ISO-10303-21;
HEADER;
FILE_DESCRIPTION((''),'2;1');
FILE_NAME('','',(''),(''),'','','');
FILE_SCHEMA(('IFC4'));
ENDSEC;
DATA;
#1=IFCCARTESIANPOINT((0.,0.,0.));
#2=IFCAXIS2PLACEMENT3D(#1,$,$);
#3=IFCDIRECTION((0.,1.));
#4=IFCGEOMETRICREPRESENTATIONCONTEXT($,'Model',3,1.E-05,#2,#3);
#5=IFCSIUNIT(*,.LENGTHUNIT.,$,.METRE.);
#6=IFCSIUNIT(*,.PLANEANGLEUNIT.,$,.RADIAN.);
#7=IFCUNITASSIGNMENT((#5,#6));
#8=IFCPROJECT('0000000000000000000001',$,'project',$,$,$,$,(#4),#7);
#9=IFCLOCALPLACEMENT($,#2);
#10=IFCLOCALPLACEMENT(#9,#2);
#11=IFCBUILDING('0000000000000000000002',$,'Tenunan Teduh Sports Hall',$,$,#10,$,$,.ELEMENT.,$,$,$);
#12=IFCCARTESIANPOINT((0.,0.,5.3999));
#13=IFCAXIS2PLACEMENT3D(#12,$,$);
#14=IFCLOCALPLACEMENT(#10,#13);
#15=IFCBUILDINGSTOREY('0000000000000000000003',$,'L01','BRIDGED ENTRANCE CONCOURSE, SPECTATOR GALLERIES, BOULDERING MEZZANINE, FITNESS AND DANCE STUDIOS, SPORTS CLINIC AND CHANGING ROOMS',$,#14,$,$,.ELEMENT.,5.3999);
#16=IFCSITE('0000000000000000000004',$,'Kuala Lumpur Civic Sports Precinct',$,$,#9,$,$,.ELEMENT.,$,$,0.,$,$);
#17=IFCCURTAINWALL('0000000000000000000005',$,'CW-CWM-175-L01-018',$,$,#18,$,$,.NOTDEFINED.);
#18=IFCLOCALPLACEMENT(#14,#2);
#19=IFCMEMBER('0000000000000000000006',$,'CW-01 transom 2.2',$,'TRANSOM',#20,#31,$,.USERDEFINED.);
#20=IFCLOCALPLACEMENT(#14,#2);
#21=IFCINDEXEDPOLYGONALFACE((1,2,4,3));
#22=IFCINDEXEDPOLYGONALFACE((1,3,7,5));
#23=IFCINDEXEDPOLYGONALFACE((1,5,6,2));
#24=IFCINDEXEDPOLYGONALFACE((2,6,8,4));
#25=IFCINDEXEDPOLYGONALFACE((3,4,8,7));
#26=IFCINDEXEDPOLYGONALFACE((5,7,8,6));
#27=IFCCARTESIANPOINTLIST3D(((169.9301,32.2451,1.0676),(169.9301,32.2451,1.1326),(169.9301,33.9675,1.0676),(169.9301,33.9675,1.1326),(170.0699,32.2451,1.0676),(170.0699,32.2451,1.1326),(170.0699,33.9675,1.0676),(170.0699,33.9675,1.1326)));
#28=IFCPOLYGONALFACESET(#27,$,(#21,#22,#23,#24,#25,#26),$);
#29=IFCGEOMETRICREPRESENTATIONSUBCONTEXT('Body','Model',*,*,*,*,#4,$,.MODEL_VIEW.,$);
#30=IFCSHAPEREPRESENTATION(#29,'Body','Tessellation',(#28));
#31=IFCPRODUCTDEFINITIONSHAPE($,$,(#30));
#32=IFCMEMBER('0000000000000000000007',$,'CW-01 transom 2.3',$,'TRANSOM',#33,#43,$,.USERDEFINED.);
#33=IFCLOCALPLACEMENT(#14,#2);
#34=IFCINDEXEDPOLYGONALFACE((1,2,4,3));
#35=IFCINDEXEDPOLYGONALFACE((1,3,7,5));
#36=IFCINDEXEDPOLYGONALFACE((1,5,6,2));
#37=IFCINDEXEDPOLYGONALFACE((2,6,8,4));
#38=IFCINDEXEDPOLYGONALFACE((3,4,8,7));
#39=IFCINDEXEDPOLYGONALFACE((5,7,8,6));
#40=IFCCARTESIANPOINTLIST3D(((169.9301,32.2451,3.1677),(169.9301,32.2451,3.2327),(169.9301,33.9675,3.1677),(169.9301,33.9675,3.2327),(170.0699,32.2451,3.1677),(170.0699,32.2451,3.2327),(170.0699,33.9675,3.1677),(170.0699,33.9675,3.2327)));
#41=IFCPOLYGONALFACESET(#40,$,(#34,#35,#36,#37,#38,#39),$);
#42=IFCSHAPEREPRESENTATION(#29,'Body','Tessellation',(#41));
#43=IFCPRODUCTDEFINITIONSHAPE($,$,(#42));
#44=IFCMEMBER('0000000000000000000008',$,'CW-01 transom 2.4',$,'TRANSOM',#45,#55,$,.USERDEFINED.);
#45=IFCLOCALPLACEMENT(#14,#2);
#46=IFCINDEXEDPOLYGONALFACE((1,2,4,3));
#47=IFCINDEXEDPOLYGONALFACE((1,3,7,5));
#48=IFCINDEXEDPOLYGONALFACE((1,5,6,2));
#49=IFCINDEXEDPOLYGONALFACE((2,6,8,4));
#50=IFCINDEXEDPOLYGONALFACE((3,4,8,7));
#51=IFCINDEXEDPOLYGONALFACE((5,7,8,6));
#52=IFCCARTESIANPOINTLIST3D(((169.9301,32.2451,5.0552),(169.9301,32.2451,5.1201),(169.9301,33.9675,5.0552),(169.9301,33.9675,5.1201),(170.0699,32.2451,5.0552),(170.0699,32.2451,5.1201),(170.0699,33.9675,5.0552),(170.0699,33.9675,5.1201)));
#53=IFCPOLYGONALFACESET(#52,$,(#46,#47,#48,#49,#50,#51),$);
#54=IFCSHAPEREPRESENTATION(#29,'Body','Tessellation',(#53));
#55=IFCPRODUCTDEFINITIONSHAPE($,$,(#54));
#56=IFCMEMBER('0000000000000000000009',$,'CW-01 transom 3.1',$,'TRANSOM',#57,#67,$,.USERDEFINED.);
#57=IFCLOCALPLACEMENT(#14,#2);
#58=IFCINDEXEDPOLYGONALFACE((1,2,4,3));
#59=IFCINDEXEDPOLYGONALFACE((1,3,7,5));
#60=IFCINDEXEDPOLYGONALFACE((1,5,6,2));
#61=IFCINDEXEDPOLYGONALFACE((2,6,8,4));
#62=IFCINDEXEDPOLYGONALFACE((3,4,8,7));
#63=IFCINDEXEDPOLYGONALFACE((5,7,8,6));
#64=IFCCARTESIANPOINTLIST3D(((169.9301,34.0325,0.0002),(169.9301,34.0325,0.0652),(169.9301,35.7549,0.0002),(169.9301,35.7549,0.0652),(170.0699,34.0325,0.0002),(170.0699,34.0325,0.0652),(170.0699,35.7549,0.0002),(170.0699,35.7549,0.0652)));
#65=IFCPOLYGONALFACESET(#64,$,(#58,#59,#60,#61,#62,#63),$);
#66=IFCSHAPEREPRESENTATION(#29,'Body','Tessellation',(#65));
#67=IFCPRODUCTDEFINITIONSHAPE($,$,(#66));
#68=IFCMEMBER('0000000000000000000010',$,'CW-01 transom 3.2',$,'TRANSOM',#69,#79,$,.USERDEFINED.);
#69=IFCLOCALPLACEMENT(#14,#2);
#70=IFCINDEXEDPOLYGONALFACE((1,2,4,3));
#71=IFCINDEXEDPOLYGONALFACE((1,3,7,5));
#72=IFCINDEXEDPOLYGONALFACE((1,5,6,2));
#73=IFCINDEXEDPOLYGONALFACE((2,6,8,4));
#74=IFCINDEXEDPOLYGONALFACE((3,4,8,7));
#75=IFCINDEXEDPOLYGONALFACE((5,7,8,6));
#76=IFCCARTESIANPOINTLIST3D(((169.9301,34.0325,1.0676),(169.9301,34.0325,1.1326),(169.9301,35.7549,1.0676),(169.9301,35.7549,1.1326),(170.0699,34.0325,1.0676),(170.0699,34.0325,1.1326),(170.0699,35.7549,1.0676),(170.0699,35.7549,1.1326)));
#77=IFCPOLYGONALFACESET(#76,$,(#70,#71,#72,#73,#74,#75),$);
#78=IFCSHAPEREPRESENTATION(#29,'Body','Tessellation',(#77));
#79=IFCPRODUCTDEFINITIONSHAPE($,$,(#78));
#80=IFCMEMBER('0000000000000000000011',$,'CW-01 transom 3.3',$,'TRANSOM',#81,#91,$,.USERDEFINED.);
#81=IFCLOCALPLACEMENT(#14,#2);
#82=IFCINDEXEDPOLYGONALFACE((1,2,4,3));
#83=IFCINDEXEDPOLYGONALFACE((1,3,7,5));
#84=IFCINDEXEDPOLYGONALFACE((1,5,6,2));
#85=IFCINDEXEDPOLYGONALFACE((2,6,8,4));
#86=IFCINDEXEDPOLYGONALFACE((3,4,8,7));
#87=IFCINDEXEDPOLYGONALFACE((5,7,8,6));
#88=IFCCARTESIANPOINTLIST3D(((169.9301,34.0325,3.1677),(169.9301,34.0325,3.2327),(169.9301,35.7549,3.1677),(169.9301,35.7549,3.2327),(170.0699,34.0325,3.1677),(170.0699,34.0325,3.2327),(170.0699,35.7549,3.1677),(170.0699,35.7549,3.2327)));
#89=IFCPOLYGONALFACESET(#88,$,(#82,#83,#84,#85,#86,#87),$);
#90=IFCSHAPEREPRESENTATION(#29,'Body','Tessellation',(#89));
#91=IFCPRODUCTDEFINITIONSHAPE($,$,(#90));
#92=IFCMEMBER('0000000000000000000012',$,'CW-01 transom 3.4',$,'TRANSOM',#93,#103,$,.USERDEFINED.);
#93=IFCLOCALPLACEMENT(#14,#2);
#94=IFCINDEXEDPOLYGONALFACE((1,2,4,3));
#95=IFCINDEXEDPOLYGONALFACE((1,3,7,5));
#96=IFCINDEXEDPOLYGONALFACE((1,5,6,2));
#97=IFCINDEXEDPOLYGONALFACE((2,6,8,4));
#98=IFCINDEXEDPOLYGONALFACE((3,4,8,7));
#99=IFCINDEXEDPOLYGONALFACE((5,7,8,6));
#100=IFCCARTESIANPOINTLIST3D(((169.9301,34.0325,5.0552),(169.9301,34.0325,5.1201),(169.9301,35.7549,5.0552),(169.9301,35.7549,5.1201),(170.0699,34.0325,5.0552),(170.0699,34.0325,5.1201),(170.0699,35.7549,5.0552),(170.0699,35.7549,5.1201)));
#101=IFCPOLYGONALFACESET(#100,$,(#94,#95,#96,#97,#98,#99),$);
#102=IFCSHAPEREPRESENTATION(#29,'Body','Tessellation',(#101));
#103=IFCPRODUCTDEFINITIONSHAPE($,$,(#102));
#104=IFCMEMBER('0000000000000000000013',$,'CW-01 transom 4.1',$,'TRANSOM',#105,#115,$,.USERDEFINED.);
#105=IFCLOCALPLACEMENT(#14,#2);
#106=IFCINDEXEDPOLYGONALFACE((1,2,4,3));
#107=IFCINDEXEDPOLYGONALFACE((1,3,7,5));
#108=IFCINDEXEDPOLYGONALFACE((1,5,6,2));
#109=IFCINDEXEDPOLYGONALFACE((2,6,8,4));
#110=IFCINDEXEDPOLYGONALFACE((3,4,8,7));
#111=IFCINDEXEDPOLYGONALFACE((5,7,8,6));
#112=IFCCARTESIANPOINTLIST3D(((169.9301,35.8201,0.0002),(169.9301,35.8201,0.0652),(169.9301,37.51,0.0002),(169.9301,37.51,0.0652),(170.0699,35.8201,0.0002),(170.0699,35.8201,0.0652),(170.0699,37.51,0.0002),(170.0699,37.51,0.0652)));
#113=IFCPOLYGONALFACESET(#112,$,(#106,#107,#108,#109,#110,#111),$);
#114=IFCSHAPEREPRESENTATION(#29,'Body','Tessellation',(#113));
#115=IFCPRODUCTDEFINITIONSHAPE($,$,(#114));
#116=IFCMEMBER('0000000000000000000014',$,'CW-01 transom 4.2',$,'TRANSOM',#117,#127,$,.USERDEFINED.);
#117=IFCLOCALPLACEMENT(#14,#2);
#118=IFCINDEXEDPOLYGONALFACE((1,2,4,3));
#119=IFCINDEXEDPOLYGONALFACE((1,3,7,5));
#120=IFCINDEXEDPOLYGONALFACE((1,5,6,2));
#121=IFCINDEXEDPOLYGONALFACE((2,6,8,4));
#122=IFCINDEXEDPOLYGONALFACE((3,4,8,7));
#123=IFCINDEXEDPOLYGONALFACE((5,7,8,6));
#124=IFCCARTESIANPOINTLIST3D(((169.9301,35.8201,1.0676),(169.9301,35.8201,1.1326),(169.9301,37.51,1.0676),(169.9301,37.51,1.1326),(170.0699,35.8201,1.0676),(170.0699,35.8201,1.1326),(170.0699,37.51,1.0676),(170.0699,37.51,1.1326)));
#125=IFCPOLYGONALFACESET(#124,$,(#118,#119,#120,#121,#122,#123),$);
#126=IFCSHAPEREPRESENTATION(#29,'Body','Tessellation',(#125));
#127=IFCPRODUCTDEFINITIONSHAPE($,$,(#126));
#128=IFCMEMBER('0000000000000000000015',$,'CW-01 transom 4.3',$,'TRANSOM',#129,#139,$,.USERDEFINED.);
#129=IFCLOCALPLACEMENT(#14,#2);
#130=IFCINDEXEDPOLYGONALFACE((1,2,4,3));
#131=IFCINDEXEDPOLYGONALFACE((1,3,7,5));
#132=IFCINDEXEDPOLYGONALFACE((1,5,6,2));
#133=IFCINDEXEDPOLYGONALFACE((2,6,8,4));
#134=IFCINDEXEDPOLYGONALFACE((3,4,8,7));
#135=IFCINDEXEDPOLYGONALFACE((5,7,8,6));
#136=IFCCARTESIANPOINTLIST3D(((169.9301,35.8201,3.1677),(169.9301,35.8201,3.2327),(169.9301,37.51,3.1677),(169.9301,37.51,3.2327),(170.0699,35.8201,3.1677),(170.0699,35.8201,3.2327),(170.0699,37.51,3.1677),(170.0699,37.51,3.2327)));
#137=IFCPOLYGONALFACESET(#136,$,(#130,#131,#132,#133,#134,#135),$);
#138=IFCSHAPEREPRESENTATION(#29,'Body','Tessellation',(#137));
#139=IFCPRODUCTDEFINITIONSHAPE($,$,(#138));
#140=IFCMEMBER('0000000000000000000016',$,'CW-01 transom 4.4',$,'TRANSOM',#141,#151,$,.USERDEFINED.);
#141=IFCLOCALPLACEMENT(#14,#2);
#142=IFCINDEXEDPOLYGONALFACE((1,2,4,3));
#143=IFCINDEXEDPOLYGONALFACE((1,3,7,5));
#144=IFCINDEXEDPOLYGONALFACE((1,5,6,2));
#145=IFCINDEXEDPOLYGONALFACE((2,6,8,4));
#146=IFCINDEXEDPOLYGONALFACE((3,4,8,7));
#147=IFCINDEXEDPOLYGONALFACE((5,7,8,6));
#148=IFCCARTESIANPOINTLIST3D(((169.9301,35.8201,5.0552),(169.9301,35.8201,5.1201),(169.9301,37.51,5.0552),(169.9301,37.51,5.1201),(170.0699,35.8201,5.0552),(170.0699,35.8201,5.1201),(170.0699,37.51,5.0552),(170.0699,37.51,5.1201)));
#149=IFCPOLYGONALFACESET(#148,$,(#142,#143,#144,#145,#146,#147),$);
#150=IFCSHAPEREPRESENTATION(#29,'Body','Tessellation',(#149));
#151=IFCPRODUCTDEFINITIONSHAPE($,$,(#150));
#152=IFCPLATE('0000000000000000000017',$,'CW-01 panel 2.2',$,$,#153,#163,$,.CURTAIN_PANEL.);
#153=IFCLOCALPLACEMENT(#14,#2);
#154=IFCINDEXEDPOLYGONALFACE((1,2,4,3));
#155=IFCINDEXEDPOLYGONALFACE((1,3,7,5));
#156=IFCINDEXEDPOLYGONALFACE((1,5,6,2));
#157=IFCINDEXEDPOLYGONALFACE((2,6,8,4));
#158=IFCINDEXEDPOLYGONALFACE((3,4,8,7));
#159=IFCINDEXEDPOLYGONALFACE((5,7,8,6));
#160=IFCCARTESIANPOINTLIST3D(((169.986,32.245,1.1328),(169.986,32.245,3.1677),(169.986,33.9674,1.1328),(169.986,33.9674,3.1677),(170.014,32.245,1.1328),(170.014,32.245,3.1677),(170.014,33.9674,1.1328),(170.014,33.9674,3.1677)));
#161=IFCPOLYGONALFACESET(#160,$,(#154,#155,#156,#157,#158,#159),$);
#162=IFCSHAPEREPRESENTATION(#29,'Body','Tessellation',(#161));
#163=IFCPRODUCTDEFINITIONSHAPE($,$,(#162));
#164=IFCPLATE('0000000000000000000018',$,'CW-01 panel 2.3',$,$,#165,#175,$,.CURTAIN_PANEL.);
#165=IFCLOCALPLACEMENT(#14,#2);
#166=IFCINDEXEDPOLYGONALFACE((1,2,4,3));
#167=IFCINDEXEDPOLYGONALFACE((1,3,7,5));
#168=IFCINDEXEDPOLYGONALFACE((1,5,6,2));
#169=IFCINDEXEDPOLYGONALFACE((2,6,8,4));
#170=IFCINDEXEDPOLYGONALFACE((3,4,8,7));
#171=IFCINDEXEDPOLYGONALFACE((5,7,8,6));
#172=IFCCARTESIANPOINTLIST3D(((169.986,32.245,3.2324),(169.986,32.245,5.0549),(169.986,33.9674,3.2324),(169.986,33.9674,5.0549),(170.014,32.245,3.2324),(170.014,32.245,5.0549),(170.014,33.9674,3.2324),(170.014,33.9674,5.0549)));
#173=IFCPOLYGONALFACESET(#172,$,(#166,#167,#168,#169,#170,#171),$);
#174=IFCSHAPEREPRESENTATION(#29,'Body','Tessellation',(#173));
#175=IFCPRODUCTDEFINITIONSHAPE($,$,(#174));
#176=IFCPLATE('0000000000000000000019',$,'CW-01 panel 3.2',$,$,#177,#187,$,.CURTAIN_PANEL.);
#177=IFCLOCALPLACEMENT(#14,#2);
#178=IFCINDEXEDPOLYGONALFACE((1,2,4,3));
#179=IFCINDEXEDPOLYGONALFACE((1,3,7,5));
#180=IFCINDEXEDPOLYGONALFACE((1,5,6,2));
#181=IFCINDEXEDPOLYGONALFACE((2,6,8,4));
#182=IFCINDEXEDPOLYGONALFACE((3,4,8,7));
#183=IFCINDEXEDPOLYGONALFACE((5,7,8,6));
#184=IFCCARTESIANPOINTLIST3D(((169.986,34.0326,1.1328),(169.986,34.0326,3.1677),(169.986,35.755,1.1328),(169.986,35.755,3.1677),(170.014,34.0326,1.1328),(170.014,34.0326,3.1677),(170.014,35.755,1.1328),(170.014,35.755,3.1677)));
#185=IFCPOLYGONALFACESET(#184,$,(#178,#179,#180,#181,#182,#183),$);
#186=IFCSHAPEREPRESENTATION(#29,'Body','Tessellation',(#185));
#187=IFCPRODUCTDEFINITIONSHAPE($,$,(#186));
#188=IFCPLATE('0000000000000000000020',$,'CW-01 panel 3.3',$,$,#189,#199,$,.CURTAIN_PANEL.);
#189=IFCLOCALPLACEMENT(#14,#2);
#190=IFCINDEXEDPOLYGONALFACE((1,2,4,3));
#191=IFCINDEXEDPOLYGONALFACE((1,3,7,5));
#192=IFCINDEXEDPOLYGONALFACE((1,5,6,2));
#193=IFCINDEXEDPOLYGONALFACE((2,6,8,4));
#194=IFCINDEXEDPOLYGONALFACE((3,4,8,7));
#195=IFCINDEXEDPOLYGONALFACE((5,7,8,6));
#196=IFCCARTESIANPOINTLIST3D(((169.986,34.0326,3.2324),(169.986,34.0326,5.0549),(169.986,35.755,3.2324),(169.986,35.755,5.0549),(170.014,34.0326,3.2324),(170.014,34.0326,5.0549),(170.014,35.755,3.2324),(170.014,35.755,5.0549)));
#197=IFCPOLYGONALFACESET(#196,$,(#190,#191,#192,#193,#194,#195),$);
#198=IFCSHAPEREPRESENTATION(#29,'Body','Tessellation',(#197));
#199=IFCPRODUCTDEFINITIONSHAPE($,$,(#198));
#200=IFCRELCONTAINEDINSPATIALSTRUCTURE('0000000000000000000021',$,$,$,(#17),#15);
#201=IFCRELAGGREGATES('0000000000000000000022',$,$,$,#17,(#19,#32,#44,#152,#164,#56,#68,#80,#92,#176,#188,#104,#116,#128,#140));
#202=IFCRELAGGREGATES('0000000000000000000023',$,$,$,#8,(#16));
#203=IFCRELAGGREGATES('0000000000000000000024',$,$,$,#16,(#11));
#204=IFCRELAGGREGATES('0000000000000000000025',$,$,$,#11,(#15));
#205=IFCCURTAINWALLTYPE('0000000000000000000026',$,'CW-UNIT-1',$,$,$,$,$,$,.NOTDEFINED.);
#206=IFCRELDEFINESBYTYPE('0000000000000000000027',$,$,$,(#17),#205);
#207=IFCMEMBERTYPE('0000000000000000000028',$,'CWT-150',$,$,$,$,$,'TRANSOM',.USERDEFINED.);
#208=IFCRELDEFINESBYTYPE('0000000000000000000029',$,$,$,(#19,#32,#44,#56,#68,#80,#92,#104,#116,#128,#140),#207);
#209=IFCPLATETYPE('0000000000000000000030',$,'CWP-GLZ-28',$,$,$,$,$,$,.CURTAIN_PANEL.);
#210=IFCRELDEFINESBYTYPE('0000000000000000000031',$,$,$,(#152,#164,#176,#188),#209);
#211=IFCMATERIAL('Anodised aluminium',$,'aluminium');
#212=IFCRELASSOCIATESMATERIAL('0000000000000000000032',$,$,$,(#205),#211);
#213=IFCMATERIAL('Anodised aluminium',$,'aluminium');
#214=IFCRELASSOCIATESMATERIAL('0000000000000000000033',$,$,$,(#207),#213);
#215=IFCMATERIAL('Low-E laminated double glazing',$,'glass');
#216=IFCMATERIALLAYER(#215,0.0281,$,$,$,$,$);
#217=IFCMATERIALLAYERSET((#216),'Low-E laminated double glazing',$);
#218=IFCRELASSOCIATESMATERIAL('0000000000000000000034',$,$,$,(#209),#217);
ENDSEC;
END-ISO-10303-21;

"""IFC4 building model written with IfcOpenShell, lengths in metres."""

from ifc_helpers import new_model, si_unit, direction, frame, origin, origin_2d, place, context, subcontext, project, spatial, rectangle, extrude, material, layer, layer_set, material_profile, profile_set, type_object, element, aggregate, save


model = new_model("IFC4")

# Units and contexts
model_context = context("Model", 3, precision=1e-05, world=origin(), true_north=direction((0.0, 1.0)))
body_context = subcontext(model_context, "Body", "Model", "MODEL_VIEW")
ifc_project = project(units=[si_unit("LENGTHUNIT", "METRE"), si_unit("PLANEANGLEUNIT", "RADIAN")], contexts=[model_context])

# Site, building, storey
site_placement = place(None, origin())
site = spatial("IfcSite", under=ifc_project, at=site_placement, Name="Kuala Lumpur Civic Sports Precinct", CompositionType="ELEMENT", RefElevation=0.0)
building_placement = place(site_placement, origin())
building = spatial("IfcBuilding", under=site, at=building_placement, Name="Tenunan Teduh Sports Hall", CompositionType="ELEMENT")
storey_placement = place(building_placement, frame((0.0, 0.0, 5.3999)))
storey = spatial("IfcBuildingStorey", under=building, at=storey_placement, Name="L01", Description="BRIDGED ENTRANCE CONCOURSE, SPECTATOR GALLERIES, BOULDERING MEZZANINE, FITNESS AND DANCE STUDIOS, SPORTS CLINIC AND CHANGING ROOMS", CompositionType="ELEMENT", Elevation=5.3999)

# Curtain wall
ifc_material_1 = material(Name="Anodised aluminium", Category="aluminium")
curtain_wall_type = type_object("IfcCurtainWallType", Name="CW-UNIT-1", PredefinedType="NOTDEFINED", material=ifc_material_1)
curtain_wall_1_placement = place(storey_placement, origin())
curtain_wall_1 = element("IfcCurtainWall", 1, at=curtain_wall_1_placement, inside=storey, type_object=curtain_wall_type, Name="CW-CWM-175-L01-018", PredefinedType="NOTDEFINED")

# Members
ifc_material_2 = material(Name="Anodised aluminium", Category="aluminium")
ifc_material_profile_1 = material_profile(ifc_material_2, rectangle(XDim=0.0649, YDim=0.1399, at=origin_2d()), Name="CWT 65x140")
ifc_profile_set_1 = profile_set([ifc_material_profile_1], Name="Anodised aluminium")
member_type_1 = type_object("IfcMemberType", Name="CWT-150", ElementType="TRANSOM", PredefinedType="USERDEFINED", material=ifc_profile_set_1)
member_1_placement = place(storey_placement, frame((170.0, 32.2451, 1.1001), z_axis=(0.0, 1.0, 0.0), x_axis=(0.0, 0.0, 1.0)))
member_1 = element("IfcMember", 2, at=member_1_placement, type_object=member_type_1, Name="CW-01 transom 2.2", ObjectType="TRANSOM", PredefinedType="USERDEFINED", context=body_context, shape_type="SweptSolid", body=[
    extrude(rectangle(XDim=0.0649, YDim=0.1399, at=origin_2d()), origin(), (0.0, 0.0, 1.0), 1.7224),
])
member_2_placement = place(storey_placement, frame((170.0, 32.2451, 3.2002), z_axis=(0.0, 1.0, 0.0), x_axis=(0.0, 0.0, 1.0)))
member_2 = element("IfcMember", 3, at=member_2_placement, type_object=member_type_1, Name="CW-01 transom 2.3", ObjectType="TRANSOM", PredefinedType="USERDEFINED", context=body_context, shape_type="SweptSolid", body=[
    extrude(rectangle(XDim=0.0649, YDim=0.1399, at=origin_2d()), origin(), (0.0, 0.0, 1.0), 1.7224),
])
member_3_placement = place(storey_placement, frame((170.0, 32.2451, 5.0876), z_axis=(0.0, 1.0, 0.0), x_axis=(0.0, 0.0, 1.0)))
member_3 = element("IfcMember", 4, at=member_3_placement, type_object=member_type_1, Name="CW-01 transom 2.4", ObjectType="TRANSOM", PredefinedType="USERDEFINED", context=body_context, shape_type="SweptSolid", body=[
    extrude(rectangle(XDim=0.0649, YDim=0.1399, at=origin_2d()), origin(), (0.0, 0.0, 1.0), 1.7224),
])
member_4_placement = place(storey_placement, frame((170.0, 34.0325, 0.0327), z_axis=(0.0, 1.0, 0.0), x_axis=(0.0, 0.0, 1.0)))
member_4 = element("IfcMember", 5, at=member_4_placement, type_object=member_type_1, Name="CW-01 transom 3.1", ObjectType="TRANSOM", PredefinedType="USERDEFINED", context=body_context, shape_type="SweptSolid", body=[
    extrude(rectangle(XDim=0.0649, YDim=0.1399, at=origin_2d()), origin(), (0.0, 0.0, 1.0), 1.7224),
])
member_5_placement = place(storey_placement, frame((170.0, 34.0325, 1.1001), z_axis=(0.0, 1.0, 0.0), x_axis=(0.0, 0.0, 1.0)))
member_5 = element("IfcMember", 6, at=member_5_placement, type_object=member_type_1, Name="CW-01 transom 3.2", ObjectType="TRANSOM", PredefinedType="USERDEFINED", context=body_context, shape_type="SweptSolid", body=[
    extrude(rectangle(XDim=0.0649, YDim=0.1399, at=origin_2d()), origin(), (0.0, 0.0, 1.0), 1.7224),
])
member_6_placement = place(storey_placement, frame((170.0, 34.0325, 3.2002), z_axis=(0.0, 1.0, 0.0), x_axis=(0.0, 0.0, 1.0)))
member_6 = element("IfcMember", 7, at=member_6_placement, type_object=member_type_1, Name="CW-01 transom 3.3", ObjectType="TRANSOM", PredefinedType="USERDEFINED", context=body_context, shape_type="SweptSolid", body=[
    extrude(rectangle(XDim=0.0649, YDim=0.1399, at=origin_2d()), origin(), (0.0, 0.0, 1.0), 1.7224),
])
member_7_placement = place(storey_placement, frame((170.0, 34.0325, 5.0876), z_axis=(0.0, 1.0, 0.0), x_axis=(0.0, 0.0, 1.0)))
member_7 = element("IfcMember", 8, at=member_7_placement, type_object=member_type_1, Name="CW-01 transom 3.4", ObjectType="TRANSOM", PredefinedType="USERDEFINED", context=body_context, shape_type="SweptSolid", body=[
    extrude(rectangle(XDim=0.0649, YDim=0.1399, at=origin_2d()), origin(), (0.0, 0.0, 1.0), 1.7224),
])
member_8_placement = place(storey_placement, frame((170.0, 35.8201, 0.0327), z_axis=(0.0, 1.0, 0.0), x_axis=(0.0, 0.0, 1.0)))
member_8 = element("IfcMember", 9, at=member_8_placement, type_object=member_type_1, Name="CW-01 transom 4.1", ObjectType="TRANSOM", PredefinedType="USERDEFINED", context=body_context, shape_type="SweptSolid", body=[
    extrude(rectangle(XDim=0.0649, YDim=0.1399, at=origin_2d()), origin(), (0.0, 0.0, 1.0), 1.6899),
])
member_9_placement = place(storey_placement, frame((170.0, 35.8201, 1.1001), z_axis=(0.0, 1.0, 0.0), x_axis=(0.0, 0.0, 1.0)))
member_9 = element("IfcMember", 10, at=member_9_placement, type_object=member_type_1, Name="CW-01 transom 4.2", ObjectType="TRANSOM", PredefinedType="USERDEFINED", context=body_context, shape_type="SweptSolid", body=[
    extrude(rectangle(XDim=0.0649, YDim=0.1399, at=origin_2d()), origin(), (0.0, 0.0, 1.0), 1.6899),
])
member_10_placement = place(storey_placement, frame((170.0, 35.8201, 3.2002), z_axis=(0.0, 1.0, 0.0), x_axis=(0.0, 0.0, 1.0)))
member_10 = element("IfcMember", 11, at=member_10_placement, type_object=member_type_1, Name="CW-01 transom 4.3", ObjectType="TRANSOM", PredefinedType="USERDEFINED", context=body_context, shape_type="SweptSolid", body=[
    extrude(rectangle(XDim=0.0649, YDim=0.1399, at=origin_2d()), origin(), (0.0, 0.0, 1.0), 1.6899),
])
member_11_placement = place(storey_placement, frame((170.0, 35.8201, 5.0876), z_axis=(0.0, 1.0, 0.0), x_axis=(0.0, 0.0, 1.0)))
member_11 = element("IfcMember", 12, at=member_11_placement, type_object=member_type_1, Name="CW-01 transom 4.4", ObjectType="TRANSOM", PredefinedType="USERDEFINED", context=body_context, shape_type="SweptSolid", body=[
    extrude(rectangle(XDim=0.0649, YDim=0.1399, at=origin_2d()), origin(), (0.0, 0.0, 1.0), 1.6899),
])

# Plates
ifc_material_3 = material(Name="Low-E laminated double glazing", Category="glass")
ifc_layer_1 = layer(ifc_material_3, 0.0281)
ifc_layer_set_1 = layer_set([ifc_layer_1], Name="Low-E laminated double glazing")
plate_type_1 = type_object("IfcPlateType", Name="CWP-GLZ-28", PredefinedType="CURTAIN_PANEL", material=ifc_layer_set_1)
plate_1_placement = place(storey_placement, frame((170.0, 33.1062, 1.1328), z_axis=(0.0, 0.0, 1.0), x_axis=(0.0, 1.0, 0.0)))
plate_1 = element("IfcPlate", 13, at=plate_1_placement, type_object=plate_type_1, Name="CW-01 panel 2.2", PredefinedType="CURTAIN_PANEL", context=body_context, shape_type="SweptSolid", body=[
    extrude(rectangle(XDim=1.7224, YDim=0.0281, at=origin_2d()), origin(), (0.0, 0.0, 1.0), 2.0349),
])
plate_2_placement = place(storey_placement, frame((170.0, 33.1062, 3.2324), z_axis=(0.0, 0.0, 1.0), x_axis=(0.0, 1.0, 0.0)))
plate_2 = element("IfcPlate", 14, at=plate_2_placement, type_object=plate_type_1, Name="CW-01 panel 2.3", PredefinedType="CURTAIN_PANEL", context=body_context, shape_type="SweptSolid", body=[
    extrude(rectangle(XDim=1.7224, YDim=0.0281, at=origin_2d()), origin(), (0.0, 0.0, 1.0), 1.8225),
])
plate_3_placement = place(storey_placement, frame((170.0, 34.8938, 1.1328), z_axis=(0.0, 0.0, 1.0), x_axis=(0.0, 1.0, 0.0)))
plate_3 = element("IfcPlate", 15, at=plate_3_placement, type_object=plate_type_1, Name="CW-01 panel 3.2", PredefinedType="CURTAIN_PANEL", context=body_context, shape_type="SweptSolid", body=[
    extrude(rectangle(XDim=1.7224, YDim=0.0281, at=origin_2d()), origin(), (0.0, 0.0, 1.0), 2.0349),
])
plate_4_placement = place(storey_placement, frame((170.0, 34.8938, 3.2324), z_axis=(0.0, 0.0, 1.0), x_axis=(0.0, 1.0, 0.0)))
plate_4 = element("IfcPlate", 16, at=plate_4_placement, type_object=plate_type_1, Name="CW-01 panel 3.3", PredefinedType="CURTAIN_PANEL", context=body_context, shape_type="SweptSolid", body=[
    extrude(rectangle(XDim=1.7224, YDim=0.0281, at=origin_2d()), origin(), (0.0, 0.0, 1.0), 1.8225),
])
aggregate(curtain_wall_1, [member_1, member_2, member_3, plate_1, plate_2, member_4, member_5, member_6, member_7, plate_3, plate_4, member_8, member_9, member_10, member_11])

save(model, "model.ifc")
